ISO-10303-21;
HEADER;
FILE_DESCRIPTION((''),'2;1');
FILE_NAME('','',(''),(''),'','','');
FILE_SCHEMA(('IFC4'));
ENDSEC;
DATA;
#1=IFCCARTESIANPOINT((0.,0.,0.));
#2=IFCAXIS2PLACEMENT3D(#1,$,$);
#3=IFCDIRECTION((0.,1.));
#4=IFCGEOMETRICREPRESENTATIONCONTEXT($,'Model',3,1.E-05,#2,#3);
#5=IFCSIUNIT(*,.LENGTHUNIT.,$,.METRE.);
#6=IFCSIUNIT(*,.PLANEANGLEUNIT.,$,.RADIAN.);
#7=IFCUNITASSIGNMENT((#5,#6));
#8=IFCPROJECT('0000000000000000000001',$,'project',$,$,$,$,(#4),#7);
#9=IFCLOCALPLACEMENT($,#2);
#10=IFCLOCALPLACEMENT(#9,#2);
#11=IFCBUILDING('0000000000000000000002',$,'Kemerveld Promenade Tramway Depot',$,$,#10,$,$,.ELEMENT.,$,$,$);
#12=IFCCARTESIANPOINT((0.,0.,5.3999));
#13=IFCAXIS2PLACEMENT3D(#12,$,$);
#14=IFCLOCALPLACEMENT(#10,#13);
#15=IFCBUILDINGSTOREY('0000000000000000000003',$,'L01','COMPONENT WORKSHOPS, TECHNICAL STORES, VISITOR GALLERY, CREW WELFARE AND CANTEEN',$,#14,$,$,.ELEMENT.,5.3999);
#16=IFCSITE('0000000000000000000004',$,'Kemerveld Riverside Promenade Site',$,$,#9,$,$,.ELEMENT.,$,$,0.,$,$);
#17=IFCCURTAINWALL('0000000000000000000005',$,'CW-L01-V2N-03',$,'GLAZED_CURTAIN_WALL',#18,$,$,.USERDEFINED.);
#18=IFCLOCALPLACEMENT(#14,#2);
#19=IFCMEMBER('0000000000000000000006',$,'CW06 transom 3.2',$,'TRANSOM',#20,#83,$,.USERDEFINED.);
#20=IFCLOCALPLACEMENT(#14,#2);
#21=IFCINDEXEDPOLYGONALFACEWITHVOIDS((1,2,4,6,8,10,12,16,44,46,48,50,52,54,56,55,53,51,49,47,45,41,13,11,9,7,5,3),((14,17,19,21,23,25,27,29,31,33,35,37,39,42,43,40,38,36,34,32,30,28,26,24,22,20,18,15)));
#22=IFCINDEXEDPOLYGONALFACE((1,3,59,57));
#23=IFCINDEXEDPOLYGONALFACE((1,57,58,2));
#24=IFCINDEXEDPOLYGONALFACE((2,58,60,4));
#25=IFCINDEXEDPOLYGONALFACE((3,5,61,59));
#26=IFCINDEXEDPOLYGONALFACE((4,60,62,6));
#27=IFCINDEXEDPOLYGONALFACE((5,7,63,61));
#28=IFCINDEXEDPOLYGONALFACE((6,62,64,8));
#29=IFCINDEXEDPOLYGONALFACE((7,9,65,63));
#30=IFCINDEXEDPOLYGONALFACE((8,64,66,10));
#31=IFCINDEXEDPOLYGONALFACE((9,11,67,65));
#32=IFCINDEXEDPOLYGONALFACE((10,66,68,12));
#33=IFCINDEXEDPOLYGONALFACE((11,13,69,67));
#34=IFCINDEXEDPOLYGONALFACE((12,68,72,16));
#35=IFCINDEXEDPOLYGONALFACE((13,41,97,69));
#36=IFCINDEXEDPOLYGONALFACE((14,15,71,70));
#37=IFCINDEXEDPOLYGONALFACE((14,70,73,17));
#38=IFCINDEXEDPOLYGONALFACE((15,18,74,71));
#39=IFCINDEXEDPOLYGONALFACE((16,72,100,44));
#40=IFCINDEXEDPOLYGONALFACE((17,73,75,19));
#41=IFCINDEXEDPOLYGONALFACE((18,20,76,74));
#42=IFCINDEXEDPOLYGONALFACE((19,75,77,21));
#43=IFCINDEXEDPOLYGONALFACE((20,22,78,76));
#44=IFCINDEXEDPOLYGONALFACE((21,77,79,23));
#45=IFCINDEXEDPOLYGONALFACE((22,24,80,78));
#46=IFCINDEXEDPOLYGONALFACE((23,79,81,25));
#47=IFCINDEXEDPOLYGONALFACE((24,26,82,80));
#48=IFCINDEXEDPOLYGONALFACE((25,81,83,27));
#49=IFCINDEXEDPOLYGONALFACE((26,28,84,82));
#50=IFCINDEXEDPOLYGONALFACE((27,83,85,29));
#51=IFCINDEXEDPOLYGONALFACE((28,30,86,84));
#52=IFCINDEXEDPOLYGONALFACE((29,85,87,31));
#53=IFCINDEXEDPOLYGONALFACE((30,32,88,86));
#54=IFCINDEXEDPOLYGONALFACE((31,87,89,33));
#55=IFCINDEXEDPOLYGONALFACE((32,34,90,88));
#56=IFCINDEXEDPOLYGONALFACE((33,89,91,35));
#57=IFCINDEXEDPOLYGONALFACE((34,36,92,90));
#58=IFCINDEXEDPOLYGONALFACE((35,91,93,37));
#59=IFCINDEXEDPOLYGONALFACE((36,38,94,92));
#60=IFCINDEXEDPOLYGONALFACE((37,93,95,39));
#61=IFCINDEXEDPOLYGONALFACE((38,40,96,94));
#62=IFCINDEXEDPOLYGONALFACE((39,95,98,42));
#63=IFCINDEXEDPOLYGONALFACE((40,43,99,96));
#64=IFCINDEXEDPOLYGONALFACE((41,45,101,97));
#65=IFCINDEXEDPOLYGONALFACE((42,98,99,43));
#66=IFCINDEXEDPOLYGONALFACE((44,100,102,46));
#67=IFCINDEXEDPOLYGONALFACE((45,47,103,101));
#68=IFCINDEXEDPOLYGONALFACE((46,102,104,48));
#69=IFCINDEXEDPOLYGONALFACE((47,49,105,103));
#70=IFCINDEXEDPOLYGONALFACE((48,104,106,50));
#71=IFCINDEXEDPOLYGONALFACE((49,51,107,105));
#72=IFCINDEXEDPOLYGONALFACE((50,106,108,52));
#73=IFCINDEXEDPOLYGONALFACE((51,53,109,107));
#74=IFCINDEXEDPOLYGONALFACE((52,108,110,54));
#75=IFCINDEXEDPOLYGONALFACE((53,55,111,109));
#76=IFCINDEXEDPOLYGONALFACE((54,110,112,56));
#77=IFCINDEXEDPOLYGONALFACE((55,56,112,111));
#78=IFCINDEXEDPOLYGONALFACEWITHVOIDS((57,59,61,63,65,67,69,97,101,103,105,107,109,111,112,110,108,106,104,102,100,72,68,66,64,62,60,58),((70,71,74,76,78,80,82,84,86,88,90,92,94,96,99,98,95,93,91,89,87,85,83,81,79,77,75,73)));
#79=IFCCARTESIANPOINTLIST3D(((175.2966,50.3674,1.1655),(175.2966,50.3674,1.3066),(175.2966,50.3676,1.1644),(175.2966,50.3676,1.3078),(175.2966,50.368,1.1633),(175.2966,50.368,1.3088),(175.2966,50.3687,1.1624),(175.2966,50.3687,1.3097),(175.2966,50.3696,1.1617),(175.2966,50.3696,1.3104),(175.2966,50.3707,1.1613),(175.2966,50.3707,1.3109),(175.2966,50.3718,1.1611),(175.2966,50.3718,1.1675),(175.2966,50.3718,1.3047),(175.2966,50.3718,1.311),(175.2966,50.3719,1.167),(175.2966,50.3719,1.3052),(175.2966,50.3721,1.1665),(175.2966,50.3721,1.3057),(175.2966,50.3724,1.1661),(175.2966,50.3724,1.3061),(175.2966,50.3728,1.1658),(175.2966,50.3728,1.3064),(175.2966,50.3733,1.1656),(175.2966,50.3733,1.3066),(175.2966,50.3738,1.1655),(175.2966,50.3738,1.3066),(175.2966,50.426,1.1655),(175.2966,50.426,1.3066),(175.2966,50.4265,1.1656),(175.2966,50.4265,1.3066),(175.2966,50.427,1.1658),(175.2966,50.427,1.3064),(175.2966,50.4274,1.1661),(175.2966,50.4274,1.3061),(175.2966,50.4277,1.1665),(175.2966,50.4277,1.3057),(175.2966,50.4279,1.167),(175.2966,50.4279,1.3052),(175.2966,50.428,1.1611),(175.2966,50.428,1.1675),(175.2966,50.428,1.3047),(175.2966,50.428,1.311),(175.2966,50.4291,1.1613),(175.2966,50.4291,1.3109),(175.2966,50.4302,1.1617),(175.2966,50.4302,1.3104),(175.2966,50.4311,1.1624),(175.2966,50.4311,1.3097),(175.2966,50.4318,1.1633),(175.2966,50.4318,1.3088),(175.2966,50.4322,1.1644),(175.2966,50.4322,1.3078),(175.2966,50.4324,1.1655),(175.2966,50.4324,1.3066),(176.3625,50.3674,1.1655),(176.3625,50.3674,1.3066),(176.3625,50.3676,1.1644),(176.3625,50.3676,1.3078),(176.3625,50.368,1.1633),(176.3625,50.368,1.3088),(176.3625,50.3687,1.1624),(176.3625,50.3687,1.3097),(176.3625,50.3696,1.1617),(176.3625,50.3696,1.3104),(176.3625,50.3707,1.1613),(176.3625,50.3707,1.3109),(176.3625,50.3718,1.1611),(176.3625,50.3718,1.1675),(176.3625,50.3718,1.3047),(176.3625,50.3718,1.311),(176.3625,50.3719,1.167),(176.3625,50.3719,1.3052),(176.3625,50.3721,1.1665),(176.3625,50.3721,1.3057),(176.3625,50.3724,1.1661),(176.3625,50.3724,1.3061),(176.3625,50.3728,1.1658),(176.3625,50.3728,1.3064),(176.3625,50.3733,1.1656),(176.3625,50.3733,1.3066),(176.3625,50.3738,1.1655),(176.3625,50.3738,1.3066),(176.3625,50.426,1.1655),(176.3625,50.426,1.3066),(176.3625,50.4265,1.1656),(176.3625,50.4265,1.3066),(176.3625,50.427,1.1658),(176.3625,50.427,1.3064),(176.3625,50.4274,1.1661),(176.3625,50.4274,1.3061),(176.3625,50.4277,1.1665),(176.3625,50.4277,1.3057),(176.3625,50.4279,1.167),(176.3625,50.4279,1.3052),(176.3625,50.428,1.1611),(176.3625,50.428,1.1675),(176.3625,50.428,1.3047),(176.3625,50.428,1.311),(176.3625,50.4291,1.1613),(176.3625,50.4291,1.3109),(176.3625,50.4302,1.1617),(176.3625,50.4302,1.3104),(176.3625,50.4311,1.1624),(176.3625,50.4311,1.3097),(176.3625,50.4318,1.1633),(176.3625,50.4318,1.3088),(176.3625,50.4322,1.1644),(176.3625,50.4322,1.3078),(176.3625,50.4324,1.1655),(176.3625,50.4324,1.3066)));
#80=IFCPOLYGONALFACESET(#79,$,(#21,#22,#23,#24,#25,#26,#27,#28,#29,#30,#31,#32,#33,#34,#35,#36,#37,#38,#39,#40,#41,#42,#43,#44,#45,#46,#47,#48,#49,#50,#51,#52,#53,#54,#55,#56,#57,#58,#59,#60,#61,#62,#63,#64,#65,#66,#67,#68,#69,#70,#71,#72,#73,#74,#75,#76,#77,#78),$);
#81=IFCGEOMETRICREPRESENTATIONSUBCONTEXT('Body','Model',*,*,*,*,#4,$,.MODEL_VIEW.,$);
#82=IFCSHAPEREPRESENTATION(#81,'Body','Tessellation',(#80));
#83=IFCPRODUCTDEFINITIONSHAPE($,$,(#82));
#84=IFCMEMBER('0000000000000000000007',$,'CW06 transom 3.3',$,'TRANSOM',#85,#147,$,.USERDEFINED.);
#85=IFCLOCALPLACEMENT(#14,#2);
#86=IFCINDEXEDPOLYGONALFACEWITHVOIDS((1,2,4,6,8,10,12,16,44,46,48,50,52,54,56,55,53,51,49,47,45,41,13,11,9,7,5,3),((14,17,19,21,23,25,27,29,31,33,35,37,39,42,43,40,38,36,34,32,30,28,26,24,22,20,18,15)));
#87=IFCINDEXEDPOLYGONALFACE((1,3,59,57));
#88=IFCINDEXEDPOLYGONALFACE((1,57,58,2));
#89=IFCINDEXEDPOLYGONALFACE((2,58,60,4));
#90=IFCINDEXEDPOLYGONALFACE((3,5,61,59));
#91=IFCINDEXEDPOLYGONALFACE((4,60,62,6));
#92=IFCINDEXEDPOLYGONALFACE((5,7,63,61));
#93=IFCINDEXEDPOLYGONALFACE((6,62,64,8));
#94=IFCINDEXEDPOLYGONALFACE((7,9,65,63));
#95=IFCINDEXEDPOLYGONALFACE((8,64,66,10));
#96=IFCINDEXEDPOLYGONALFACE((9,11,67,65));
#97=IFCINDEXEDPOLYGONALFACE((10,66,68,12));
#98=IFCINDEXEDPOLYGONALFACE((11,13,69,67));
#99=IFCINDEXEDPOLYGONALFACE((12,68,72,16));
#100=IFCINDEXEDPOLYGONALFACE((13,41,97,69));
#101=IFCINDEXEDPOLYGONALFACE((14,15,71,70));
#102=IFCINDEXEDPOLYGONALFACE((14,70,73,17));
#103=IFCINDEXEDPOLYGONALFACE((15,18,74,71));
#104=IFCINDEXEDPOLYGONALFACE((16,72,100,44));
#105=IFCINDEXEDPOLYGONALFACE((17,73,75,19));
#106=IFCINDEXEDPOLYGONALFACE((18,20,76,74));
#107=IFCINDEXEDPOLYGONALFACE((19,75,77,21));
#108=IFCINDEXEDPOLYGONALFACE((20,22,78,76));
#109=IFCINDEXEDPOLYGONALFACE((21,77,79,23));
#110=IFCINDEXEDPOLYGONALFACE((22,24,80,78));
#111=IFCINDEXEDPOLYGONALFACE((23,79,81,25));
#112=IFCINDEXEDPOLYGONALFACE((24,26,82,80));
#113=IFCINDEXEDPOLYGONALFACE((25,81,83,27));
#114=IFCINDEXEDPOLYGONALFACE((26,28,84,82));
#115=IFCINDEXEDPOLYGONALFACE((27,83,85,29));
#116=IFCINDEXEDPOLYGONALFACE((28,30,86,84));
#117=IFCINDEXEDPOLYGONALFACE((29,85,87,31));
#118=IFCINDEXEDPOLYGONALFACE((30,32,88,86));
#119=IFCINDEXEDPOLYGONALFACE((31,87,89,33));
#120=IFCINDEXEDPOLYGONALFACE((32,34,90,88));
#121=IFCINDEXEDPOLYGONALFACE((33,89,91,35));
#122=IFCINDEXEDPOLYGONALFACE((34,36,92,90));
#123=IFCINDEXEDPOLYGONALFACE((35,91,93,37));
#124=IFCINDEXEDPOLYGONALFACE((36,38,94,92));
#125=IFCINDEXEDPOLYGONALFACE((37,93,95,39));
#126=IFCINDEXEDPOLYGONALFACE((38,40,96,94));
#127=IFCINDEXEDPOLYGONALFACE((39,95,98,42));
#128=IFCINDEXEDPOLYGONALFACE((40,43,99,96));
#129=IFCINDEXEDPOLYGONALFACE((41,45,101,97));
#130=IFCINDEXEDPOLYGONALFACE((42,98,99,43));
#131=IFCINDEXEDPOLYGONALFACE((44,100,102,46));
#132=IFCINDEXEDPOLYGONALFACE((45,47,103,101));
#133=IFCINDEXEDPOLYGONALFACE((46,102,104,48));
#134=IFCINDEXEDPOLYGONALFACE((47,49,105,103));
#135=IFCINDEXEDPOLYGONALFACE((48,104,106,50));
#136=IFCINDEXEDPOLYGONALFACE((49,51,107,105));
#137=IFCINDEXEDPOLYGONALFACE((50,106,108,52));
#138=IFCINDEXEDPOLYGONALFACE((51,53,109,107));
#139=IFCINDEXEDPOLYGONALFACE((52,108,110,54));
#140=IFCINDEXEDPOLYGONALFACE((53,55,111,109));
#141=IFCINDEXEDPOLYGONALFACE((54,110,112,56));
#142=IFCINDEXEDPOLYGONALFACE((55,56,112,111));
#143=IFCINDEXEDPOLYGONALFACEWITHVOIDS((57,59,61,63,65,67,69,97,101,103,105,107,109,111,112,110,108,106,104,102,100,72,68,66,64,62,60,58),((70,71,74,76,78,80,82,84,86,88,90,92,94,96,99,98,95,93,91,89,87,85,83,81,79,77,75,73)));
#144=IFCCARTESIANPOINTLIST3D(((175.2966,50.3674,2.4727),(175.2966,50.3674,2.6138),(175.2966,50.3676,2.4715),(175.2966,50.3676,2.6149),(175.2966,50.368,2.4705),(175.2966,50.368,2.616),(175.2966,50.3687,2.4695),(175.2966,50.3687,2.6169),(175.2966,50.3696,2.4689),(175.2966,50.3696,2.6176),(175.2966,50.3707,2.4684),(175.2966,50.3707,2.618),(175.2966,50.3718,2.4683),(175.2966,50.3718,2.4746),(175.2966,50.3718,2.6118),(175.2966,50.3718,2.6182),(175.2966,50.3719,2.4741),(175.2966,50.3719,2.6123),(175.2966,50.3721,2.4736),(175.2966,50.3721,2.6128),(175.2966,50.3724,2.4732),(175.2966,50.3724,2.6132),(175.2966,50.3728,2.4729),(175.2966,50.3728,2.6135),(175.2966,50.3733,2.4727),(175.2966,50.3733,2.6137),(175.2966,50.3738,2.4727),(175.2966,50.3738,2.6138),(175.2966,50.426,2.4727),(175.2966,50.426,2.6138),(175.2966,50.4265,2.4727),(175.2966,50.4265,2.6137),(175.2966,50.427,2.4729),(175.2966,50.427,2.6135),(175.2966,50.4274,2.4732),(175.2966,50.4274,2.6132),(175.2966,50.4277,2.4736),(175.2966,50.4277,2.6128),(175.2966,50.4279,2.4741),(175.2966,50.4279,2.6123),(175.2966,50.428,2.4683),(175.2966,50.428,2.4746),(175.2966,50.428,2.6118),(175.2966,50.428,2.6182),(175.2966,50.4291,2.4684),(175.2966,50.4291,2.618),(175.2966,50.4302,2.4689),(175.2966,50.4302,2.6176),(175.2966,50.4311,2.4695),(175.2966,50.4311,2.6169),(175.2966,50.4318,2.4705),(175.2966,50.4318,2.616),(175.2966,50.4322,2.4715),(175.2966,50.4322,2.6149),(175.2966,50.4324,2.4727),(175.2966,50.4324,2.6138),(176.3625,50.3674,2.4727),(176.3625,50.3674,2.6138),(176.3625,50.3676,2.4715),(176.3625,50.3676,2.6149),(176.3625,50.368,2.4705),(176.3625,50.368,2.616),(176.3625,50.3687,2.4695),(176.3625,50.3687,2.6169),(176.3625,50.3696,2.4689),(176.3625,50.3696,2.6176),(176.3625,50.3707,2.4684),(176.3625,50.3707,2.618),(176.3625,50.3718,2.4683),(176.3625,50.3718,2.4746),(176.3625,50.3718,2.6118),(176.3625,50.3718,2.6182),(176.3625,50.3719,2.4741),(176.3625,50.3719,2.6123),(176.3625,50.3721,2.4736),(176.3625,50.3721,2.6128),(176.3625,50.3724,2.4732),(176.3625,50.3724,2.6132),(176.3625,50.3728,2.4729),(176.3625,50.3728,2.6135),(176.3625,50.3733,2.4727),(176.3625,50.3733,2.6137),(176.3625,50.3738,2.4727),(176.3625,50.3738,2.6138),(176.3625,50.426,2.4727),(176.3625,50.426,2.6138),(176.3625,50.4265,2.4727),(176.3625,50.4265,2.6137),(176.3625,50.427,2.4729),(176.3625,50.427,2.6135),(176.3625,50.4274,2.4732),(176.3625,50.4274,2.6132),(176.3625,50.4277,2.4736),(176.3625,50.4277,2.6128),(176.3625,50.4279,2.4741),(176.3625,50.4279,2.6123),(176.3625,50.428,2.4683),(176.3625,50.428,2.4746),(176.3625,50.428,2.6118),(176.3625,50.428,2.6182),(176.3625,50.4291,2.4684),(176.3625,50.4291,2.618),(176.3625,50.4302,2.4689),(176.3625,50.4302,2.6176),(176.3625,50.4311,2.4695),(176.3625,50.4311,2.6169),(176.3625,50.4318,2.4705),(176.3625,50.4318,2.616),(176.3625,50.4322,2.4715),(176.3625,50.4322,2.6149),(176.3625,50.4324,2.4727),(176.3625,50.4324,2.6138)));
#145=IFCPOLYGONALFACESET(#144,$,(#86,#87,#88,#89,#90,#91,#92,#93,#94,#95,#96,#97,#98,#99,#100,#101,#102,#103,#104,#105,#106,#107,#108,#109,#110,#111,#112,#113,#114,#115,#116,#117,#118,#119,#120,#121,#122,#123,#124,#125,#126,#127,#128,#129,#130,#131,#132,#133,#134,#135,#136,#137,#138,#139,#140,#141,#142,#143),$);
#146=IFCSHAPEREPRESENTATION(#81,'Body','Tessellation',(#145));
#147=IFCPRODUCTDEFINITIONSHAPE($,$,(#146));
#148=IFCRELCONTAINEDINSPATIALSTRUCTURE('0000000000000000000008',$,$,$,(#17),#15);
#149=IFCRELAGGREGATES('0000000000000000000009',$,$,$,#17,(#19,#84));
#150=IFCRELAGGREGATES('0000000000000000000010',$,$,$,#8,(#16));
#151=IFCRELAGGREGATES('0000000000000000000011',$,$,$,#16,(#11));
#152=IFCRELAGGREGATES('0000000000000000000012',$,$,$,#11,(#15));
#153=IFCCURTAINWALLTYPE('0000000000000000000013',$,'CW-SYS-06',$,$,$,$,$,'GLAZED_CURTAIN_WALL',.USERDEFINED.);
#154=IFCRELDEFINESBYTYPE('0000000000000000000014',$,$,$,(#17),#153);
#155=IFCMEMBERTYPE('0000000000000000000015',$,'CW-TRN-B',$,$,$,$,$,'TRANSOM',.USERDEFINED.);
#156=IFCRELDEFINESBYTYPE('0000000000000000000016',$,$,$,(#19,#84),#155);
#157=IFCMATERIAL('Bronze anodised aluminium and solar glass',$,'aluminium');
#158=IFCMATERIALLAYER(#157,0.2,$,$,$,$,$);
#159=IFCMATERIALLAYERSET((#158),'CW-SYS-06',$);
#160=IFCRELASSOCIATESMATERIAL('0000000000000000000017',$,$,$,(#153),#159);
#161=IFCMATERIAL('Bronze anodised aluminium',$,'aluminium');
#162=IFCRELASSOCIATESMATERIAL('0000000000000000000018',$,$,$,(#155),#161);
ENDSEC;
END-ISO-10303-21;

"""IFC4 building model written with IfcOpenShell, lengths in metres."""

from ifc_helpers import new_model, si_unit, direction, frame, origin, origin_2d, place, context, subcontext, project, spatial, hollow_rectangle, extrude, material, layer, layer_set, material_profile, profile_set, type_object, element, aggregate, save


model = new_model("IFC4")

# Units and contexts
model_context = context("Model", 3, precision=1e-05, world=origin(), true_north=direction((0.0, 1.0)))
body_context = subcontext(model_context, "Body", "Model", "MODEL_VIEW")
ifc_project = project(units=[si_unit("LENGTHUNIT", "METRE"), si_unit("PLANEANGLEUNIT", "RADIAN")], contexts=[model_context])

# Site, building, storey
site_placement = place(None, origin())
site = spatial("IfcSite", under=ifc_project, at=site_placement, Name="Kemerveld Riverside Promenade Site", CompositionType="ELEMENT", RefElevation=0.0)
building_placement = place(site_placement, origin())
building = spatial("IfcBuilding", under=site, at=building_placement, Name="Kemerveld Promenade Tramway Depot", CompositionType="ELEMENT")
storey_placement = place(building_placement, frame((0.0, 0.0, 5.3999)))
storey = spatial("IfcBuildingStorey", under=building, at=storey_placement, Name="L01", Description="COMPONENT WORKSHOPS, TECHNICAL STORES, VISITOR GALLERY, CREW WELFARE AND CANTEEN", CompositionType="ELEMENT", Elevation=5.3999)

# Curtain wall, members
ifc_material_1 = material(Name="Bronze anodised aluminium and solar glass", Category="aluminium")
ifc_layer_1 = layer(ifc_material_1, 0.2)
ifc_layer_set_1 = layer_set([ifc_layer_1], Name="CW-SYS-06")
curtain_wall_type = type_object("IfcCurtainWallType", Name="CW-SYS-06", ElementType="GLAZED_CURTAIN_WALL", PredefinedType="USERDEFINED", material=ifc_layer_set_1)
curtain_wall_placement = place(storey_placement, origin())
curtain_wall = element("IfcCurtainWall", 1, at=curtain_wall_placement, inside=storey, type_object=curtain_wall_type, Name="CW-L01-V2N-03", ObjectType="GLAZED_CURTAIN_WALL", PredefinedType="USERDEFINED")
ifc_material_2 = material(Name="Bronze anodised aluminium", Category="aluminium")
ifc_material_profile_1 = material_profile(ifc_material_2, hollow_rectangle(XDim=0.0649, YDim=0.1499, WallThickness=0.0044, InnerFilletRadius=0.002, OuterFilletRadius=0.0044, at=origin_2d()), Name="CW-TRN-150x65")
ifc_profile_set_1 = profile_set([ifc_material_profile_1], Name="Bronze anodised aluminium")
member_type_1 = type_object("IfcMemberType", Name="CW-TRN-B", ElementType="TRANSOM", PredefinedType="USERDEFINED", material=ifc_profile_set_1)
member_1_placement = place(storey_placement, frame((175.2966, 50.3999, 1.2361), z_axis=(1.0, 0.0, 0.0), x_axis=(0.0, 1.0, 0.0)))
member_1 = element("IfcMember", 2, at=member_1_placement, type_object=member_type_1, Name="CW06 transom 3.2", ObjectType="TRANSOM", PredefinedType="USERDEFINED", context=body_context, shape_type="SweptSolid", body=[
    extrude(hollow_rectangle(XDim=0.0649, YDim=0.1499, WallThickness=0.0044, InnerFilletRadius=0.002, OuterFilletRadius=0.0044, at=origin_2d()), origin(), (0.0, 0.0, 1.0), 1.0659),
])
member_2_placement = place(storey_placement, frame((175.2966, 50.3999, 2.5432), z_axis=(1.0, 0.0, 0.0), x_axis=(0.0, 1.0, 0.0)))
member_2 = element("IfcMember", 3, at=member_2_placement, type_object=member_type_1, Name="CW06 transom 3.3", ObjectType="TRANSOM", PredefinedType="USERDEFINED", context=body_context, shape_type="SweptSolid", body=[
    extrude(hollow_rectangle(XDim=0.0649, YDim=0.1499, WallThickness=0.0044, InnerFilletRadius=0.002, OuterFilletRadius=0.0044, at=origin_2d()), origin(), (0.0, 0.0, 1.0), 1.0659),
])

aggregate(curtain_wall, [member_1, member_2])

save(model, "model.ifc")
